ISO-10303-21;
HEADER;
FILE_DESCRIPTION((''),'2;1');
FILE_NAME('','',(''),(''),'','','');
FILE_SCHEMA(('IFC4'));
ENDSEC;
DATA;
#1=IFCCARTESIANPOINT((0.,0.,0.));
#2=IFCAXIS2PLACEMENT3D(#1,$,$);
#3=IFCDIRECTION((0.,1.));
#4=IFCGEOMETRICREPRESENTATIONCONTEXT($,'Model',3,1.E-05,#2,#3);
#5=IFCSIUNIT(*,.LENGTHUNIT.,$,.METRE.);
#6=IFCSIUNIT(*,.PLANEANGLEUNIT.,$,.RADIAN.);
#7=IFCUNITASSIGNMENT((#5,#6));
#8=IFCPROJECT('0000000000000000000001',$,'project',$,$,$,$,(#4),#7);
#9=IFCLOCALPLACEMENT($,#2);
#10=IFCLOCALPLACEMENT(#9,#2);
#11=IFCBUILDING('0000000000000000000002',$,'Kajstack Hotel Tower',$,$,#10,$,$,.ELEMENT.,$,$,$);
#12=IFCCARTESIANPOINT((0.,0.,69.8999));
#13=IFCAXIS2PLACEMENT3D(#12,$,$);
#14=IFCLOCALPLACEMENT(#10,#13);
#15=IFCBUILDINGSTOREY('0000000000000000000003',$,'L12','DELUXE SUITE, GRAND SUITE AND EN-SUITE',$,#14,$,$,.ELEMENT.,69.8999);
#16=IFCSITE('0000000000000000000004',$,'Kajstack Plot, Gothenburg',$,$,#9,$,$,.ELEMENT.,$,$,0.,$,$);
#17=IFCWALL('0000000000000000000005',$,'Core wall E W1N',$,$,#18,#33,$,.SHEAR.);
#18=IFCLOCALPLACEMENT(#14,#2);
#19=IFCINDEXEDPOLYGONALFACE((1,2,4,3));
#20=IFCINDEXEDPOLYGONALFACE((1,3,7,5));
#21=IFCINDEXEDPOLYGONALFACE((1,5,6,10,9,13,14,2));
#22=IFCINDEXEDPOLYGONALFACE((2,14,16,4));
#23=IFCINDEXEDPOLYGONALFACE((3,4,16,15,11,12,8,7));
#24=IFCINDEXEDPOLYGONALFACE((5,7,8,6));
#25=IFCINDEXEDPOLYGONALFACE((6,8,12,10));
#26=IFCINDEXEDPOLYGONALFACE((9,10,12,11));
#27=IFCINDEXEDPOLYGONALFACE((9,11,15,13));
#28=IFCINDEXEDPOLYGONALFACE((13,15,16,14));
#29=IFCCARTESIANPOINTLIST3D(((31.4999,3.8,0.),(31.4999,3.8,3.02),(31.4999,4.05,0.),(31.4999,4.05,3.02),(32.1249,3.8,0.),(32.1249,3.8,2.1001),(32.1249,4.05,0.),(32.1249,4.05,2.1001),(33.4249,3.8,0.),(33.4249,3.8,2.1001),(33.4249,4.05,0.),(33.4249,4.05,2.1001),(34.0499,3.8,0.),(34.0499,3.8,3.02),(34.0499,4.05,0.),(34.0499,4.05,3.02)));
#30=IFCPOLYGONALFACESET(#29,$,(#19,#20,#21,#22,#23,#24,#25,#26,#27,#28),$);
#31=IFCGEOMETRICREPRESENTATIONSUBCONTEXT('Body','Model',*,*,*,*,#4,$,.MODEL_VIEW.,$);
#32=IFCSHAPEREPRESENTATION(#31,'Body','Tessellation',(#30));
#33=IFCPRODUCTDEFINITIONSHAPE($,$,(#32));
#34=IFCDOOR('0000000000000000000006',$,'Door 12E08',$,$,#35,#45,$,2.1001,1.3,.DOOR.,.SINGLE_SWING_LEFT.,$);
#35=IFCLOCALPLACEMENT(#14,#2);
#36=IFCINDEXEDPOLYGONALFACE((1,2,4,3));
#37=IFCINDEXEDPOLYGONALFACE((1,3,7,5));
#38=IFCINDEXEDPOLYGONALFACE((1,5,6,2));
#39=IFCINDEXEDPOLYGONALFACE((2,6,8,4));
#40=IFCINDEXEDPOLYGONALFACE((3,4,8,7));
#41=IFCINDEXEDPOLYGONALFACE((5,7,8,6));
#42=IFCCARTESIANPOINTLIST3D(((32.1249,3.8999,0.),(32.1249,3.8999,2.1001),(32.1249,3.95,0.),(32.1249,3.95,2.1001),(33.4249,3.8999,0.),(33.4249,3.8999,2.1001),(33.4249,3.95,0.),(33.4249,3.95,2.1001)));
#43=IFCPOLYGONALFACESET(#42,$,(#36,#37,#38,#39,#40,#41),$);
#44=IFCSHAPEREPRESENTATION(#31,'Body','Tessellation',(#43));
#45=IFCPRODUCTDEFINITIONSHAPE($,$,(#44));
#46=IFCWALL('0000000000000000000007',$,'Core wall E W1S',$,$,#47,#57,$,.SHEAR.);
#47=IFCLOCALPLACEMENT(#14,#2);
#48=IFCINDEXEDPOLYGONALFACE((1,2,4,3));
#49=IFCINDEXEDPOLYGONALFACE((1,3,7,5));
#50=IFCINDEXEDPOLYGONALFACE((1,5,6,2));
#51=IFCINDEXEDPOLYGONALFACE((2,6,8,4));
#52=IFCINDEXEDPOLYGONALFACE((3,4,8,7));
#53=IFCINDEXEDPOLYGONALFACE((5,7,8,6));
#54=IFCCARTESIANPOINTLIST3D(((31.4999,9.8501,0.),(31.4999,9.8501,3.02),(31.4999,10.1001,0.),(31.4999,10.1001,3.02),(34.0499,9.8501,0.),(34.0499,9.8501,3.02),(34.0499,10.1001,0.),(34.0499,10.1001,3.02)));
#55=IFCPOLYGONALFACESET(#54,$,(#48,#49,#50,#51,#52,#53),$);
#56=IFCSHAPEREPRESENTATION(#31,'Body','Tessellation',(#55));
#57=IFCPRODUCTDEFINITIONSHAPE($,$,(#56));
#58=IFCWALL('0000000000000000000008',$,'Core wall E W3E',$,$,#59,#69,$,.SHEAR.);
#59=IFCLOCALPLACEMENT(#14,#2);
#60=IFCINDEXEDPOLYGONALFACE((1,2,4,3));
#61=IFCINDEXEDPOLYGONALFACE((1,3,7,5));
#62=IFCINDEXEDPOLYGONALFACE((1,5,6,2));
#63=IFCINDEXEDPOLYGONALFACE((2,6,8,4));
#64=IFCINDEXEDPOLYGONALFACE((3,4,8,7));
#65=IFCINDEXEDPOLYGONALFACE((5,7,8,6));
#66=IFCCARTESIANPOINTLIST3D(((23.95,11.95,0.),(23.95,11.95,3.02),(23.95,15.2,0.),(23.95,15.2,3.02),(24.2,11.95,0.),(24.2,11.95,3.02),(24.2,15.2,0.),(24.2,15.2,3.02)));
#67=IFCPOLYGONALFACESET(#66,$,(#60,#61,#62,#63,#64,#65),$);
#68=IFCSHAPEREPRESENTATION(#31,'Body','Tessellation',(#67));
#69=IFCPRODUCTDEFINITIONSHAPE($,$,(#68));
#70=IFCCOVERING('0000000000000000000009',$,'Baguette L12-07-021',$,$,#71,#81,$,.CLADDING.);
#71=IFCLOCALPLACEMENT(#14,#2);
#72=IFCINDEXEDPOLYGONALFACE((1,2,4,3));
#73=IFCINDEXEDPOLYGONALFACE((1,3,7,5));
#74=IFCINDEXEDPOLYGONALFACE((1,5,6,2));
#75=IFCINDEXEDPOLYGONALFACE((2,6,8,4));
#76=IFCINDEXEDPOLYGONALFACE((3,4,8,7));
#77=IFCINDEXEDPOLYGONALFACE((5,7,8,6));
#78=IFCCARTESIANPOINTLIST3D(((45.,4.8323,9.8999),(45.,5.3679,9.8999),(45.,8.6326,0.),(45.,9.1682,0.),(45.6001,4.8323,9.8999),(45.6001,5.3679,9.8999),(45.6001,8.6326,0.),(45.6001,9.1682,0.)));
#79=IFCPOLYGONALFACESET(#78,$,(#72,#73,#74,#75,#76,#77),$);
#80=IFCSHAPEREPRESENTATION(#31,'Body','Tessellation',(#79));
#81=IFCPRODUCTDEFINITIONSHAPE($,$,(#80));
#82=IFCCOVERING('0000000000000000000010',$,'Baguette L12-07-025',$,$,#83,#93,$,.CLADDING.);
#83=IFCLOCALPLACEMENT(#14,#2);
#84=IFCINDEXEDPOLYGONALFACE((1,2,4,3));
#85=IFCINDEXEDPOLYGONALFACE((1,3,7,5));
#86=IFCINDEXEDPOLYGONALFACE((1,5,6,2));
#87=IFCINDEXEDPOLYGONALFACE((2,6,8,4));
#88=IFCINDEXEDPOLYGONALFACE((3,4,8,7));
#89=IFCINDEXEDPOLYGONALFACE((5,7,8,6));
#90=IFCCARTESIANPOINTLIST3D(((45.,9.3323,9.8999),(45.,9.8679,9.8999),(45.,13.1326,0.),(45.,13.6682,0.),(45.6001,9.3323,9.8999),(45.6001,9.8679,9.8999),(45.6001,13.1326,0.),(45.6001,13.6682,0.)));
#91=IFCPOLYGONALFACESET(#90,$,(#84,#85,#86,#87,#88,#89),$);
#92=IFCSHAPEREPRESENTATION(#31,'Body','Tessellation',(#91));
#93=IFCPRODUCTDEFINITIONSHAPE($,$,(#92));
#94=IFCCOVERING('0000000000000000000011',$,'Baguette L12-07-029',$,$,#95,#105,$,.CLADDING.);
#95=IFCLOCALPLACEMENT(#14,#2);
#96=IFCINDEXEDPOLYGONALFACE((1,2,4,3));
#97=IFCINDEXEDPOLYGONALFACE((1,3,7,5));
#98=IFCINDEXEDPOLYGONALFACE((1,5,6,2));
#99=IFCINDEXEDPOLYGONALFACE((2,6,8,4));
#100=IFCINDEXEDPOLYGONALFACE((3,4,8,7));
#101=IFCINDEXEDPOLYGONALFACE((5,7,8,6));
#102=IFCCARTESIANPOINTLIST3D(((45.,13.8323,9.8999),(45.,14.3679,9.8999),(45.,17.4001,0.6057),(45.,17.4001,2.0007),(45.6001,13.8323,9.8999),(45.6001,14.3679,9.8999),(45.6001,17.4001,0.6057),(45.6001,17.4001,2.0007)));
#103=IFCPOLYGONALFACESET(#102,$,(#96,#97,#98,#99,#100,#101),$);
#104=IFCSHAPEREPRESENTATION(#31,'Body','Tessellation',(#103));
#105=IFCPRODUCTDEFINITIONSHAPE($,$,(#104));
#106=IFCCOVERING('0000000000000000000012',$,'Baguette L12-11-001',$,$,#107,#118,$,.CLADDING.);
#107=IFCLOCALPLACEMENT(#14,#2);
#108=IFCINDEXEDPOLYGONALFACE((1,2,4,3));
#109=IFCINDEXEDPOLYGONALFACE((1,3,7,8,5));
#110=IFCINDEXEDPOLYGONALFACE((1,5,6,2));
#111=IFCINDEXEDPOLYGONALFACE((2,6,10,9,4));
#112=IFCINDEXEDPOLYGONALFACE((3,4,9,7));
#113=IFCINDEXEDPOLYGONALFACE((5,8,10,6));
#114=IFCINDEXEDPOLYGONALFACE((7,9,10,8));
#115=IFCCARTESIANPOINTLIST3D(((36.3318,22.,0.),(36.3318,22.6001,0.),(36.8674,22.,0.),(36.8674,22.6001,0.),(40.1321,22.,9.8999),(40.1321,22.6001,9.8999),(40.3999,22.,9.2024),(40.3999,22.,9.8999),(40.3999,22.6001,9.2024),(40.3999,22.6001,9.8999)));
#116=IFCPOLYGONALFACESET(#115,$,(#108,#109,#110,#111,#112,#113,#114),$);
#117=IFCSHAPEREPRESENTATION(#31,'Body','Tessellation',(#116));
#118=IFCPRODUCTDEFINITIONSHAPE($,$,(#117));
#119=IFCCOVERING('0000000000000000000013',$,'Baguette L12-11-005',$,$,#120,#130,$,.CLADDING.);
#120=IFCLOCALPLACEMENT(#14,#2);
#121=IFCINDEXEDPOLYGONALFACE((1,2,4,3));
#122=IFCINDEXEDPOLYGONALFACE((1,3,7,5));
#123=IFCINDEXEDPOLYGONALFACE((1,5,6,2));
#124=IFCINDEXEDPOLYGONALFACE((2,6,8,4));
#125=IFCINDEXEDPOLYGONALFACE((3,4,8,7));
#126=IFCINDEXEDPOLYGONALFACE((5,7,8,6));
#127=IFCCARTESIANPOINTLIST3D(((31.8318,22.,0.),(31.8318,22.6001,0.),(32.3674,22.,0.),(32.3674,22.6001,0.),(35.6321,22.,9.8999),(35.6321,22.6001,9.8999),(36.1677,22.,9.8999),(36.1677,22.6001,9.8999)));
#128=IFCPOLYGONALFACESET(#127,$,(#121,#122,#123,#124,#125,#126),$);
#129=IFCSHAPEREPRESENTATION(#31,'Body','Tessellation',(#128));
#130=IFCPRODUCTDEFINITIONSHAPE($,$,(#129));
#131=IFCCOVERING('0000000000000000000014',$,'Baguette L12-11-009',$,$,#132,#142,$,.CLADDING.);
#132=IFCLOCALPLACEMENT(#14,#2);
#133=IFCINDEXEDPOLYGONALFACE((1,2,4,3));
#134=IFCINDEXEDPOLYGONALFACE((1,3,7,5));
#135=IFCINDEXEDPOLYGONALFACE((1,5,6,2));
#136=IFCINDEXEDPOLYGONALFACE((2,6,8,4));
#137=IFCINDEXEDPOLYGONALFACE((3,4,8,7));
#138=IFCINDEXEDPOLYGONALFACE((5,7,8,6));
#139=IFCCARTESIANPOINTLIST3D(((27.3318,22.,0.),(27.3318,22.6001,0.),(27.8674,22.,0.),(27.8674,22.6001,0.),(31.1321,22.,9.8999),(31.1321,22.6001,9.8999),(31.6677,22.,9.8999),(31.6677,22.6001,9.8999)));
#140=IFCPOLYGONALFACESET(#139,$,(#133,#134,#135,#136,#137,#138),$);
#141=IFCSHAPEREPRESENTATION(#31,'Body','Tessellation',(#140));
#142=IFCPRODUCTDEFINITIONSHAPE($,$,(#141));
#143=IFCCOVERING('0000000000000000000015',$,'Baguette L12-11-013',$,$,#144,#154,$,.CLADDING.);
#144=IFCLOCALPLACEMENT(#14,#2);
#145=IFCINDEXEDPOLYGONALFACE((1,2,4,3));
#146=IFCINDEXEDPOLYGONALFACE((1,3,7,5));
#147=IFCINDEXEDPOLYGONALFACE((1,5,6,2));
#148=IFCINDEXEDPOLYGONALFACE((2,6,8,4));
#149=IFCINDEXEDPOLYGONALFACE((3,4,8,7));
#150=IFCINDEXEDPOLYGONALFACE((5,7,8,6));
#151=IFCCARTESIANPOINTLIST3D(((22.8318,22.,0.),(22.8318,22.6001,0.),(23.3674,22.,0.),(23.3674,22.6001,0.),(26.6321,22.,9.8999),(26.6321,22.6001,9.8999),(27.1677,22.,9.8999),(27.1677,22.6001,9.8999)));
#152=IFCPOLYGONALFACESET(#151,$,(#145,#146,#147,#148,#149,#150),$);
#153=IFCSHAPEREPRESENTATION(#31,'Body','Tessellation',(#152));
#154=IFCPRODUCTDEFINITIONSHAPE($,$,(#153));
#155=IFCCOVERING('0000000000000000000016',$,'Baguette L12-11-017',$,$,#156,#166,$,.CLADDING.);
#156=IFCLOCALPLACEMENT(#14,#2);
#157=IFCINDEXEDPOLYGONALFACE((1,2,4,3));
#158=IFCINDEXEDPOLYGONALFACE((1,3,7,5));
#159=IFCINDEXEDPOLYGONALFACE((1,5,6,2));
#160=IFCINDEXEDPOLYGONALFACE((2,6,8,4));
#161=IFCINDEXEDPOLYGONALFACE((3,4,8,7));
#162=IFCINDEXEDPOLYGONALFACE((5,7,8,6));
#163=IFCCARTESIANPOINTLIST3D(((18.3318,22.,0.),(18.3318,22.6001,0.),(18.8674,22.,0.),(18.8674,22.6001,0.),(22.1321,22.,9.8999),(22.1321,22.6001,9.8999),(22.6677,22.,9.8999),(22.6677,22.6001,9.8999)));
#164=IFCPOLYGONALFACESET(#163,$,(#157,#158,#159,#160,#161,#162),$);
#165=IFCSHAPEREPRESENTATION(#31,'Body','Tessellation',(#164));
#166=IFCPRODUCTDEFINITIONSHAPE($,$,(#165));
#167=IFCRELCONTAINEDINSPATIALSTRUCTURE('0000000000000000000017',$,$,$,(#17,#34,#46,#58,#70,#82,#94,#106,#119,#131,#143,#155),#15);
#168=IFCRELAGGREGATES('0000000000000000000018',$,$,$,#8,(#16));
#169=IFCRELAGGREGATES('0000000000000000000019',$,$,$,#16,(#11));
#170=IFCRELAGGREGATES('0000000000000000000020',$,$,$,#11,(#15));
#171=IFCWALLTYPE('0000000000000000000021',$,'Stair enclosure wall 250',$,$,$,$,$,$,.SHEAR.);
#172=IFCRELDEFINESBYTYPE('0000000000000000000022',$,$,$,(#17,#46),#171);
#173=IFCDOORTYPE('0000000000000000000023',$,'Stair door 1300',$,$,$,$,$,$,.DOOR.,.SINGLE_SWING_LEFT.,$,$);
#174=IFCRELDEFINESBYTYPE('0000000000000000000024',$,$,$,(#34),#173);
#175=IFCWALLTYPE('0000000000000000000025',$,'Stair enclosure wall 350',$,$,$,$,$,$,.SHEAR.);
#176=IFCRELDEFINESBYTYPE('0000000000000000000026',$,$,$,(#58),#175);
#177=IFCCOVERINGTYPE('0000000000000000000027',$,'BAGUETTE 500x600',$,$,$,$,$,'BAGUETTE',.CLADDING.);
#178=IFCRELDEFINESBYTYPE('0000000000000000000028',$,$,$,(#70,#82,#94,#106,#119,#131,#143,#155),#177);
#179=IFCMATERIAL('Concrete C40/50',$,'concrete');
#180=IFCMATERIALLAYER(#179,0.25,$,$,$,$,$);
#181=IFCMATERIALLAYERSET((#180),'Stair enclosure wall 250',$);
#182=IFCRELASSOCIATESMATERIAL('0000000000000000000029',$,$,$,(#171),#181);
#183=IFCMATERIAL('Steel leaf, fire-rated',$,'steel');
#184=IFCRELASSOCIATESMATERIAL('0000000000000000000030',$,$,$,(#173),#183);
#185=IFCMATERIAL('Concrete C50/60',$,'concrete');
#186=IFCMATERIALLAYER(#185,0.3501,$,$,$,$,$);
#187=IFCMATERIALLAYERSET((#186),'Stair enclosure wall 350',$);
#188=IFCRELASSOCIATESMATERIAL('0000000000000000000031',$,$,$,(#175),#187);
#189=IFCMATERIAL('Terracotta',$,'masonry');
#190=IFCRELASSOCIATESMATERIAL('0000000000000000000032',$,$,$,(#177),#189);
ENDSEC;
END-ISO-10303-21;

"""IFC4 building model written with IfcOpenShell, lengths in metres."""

from ifc_helpers import new_model, si_unit, direction, frame, frame_2d, origin, origin_2d, place, context, subcontext, project, spatial, polyline, rectangle, outline, extrude, material, layer, layer_set, material_profile, profile_set, type_object, element, fill, save


model = new_model("IFC4")

# Units and contexts
model_context = context("Model", 3, precision=1e-05, world=origin(), true_north=direction((0.0, 1.0)))
body_context = subcontext(model_context, "Body", "Model", "MODEL_VIEW")
ifc_project = project(units=[si_unit("LENGTHUNIT", "METRE"), si_unit("PLANEANGLEUNIT", "RADIAN")], contexts=[model_context])

# Site, building, storey
site_placement = place(None, origin())
site = spatial("IfcSite", under=ifc_project, at=site_placement, Name="Kajstack Plot, Gothenburg", CompositionType="ELEMENT", RefElevation=0.0)
building_placement = place(site_placement, origin())
building = spatial("IfcBuilding", under=site, at=building_placement, Name="Kajstack Hotel Tower", CompositionType="ELEMENT")
storey_placement = place(building_placement, frame((0.0, 0.0, 69.8999)))
storey = spatial("IfcBuildingStorey", under=building, at=storey_placement, Name="L12", Description="DELUXE SUITE, GRAND SUITE AND EN-SUITE", CompositionType="ELEMENT", Elevation=69.8999)

# Shared definitions
ifc_material_1 = material(Name="Concrete C40/50", Category="concrete")
ifc_material_2 = material(Name="Concrete C50/60", Category="concrete")

# Wall, opening, door
ifc_layer_1 = layer(ifc_material_1, 0.25)
ifc_layer_set_1 = layer_set([ifc_layer_1], Name="Stair enclosure wall 250")
wall_type_1 = type_object("IfcWallType", Name="Stair enclosure wall 250", PredefinedType="SHEAR", material=ifc_layer_set_1)
wall_1_placement = place(storey_placement, frame((31.5, 3.925, 0.0), z_axis=(0.0, 0.0, 1.0), x_axis=(1.0, 0.0, 0.0)))
wall_1 = element("IfcWall", 1, at=wall_1_placement, inside=storey, type_object=wall_type_1, Name="Core wall E W1N", PredefinedType="SHEAR", context=body_context, shape_type="SweptSolid", body=[
    extrude(rectangle(XDim=2.55, YDim=0.25, at=frame_2d((1.2749, 0.0))), origin(), (0.0, 0.0, 1.0), 3.02),
])
opening_1_placement = place(wall_1_placement, frame((0.625, 0.0, 0.0)))
opening_1 = element("IfcOpeningElement", 2, at=opening_1_placement, cuts=wall_1, PredefinedType="OPENING", context=body_context, shape_type="SweptSolid", body=[
    extrude(rectangle(XDim=1.3, YDim=2.1001, at=frame_2d((0.6499, 1.05))), frame((0.0, 0.135, 0.0), z_axis=(0.0, -1.0, 0.0), x_axis=(1.0, 0.0, 0.0)), (0.0, 0.0, 1.0), 0.27),
])
ifc_material_3 = material(Name="Steel leaf, fire-rated", Category="steel")
door_type_1 = type_object("IfcDoorType", Name="Stair door 1300", OperationType="SINGLE_SWING_LEFT", PredefinedType="DOOR", material=ifc_material_3)
door_1_placement = place(opening_1_placement, origin())
door_1 = element("IfcDoor", 3, at=door_1_placement, inside=storey, type_object=door_type_1, Name="Door 12E08", OperationType="SINGLE_SWING_LEFT", OverallHeight=2.1001, OverallWidth=1.3, PredefinedType="DOOR", context=body_context, shape_type="SweptSolid", body=[
    extrude(rectangle(XDim=1.3, YDim=2.1001, at=frame_2d((0.6499, 1.05))), frame((0.0, 0.0249, 0.0), z_axis=(0.0, -1.0, 0.0), x_axis=(1.0, 0.0, 0.0)), (0.0, 0.0, 1.0), 0.05),
])
fill(opening_1, door_1)

# Walls
wall_2_placement = place(storey_placement, frame((31.5, 9.9751, 0.0), z_axis=(0.0, 0.0, 1.0), x_axis=(1.0, 0.0, 0.0)))
element("IfcWall", 4, at=wall_2_placement, inside=storey, type_object=wall_type_1, Name="Core wall E W1S", PredefinedType="SHEAR", context=body_context, shape_type="SweptSolid", body=[
    extrude(rectangle(XDim=2.55, YDim=0.25, at=frame_2d((1.2749, 0.0))), origin(), (0.0, 0.0, 1.0), 3.02),
])
ifc_layer_2 = layer(ifc_material_2, 0.3501)
ifc_layer_set_2 = layer_set([ifc_layer_2], Name="Stair enclosure wall 350")
wall_type_2 = type_object("IfcWallType", Name="Stair enclosure wall 350", PredefinedType="SHEAR", material=ifc_layer_set_2)
wall_3_placement = place(storey_placement, frame((24.075, 11.95, 0.0), z_axis=(0.0, 0.0, 1.0), x_axis=(0.0, 1.0, 0.0)))
element("IfcWall", 5, at=wall_3_placement, inside=storey, type_object=wall_type_2, Name="Core wall E W3E", PredefinedType="SHEAR", context=body_context, shape_type="SweptSolid", body=[
    extrude(rectangle(XDim=3.25, YDim=0.25, at=frame_2d((1.625, 0.0))), origin(), (0.0, 0.0, 1.0), 3.02),
])

# Coverings
ifc_material_4 = material(Name="Terracotta", Category="masonry")
ifc_material_profile = material_profile(ifc_material_4, rectangle(XDim=0.6001, YDim=0.5, at=origin_2d()), Name="Terracotta-clad concrete baguette 500 x 600")
ifc_profile_set = profile_set([ifc_material_profile], Name="Terracotta")
covering_type = type_object("IfcCoveringType", Name="BAGUETTE 500x600", ElementType="BAGUETTE", PredefinedType="CLADDING", material=ifc_profile_set)
for number, where, z_axis, x_axis, name in (
    (6, (45.0, 4.8323, 0.0), (1.0, 0.0, 0.0), (0.0, 1.0, 0.0), "Baguette L12-07-021"),
    (7, (45.0, 9.3323, 0.0), (1.0, 0.0, 0.0), (0.0, 1.0, 0.0), "Baguette L12-07-025"),
):
    element("IfcCovering", number, at=place(storey_placement, frame(where, z_axis=z_axis, x_axis=x_axis)), inside=storey, type_object=covering_type, Name=name, PredefinedType="CLADDING", context=body_context, shape_type="SweptSolid", body=[
        extrude(outline(polyline([(0.0, 9.8999), (3.8003, 0.0), (4.3359, 0.0), (0.5356, 9.8999), (0.0, 9.8999)])), origin(), (0.0, 0.0, 1.0), 0.6001),
    ])
covering_1_placement = place(storey_placement, frame((45.0, 13.8323, 0.0), z_axis=(1.0, 0.0, 0.0), x_axis=(0.0, 1.0, 0.0)))
element("IfcCovering", 8, at=covering_1_placement, inside=storey, type_object=covering_type, Name="Baguette L12-07-029", PredefinedType="CLADDING", context=body_context, shape_type="SweptSolid", body=[
    extrude(outline(polyline([(0.0, 9.8999), (3.5679, 0.6057), (3.5679, 2.0007), (0.5356, 9.8999), (0.0, 9.8999)])), origin(), (0.0, 0.0, 1.0), 0.6001),
])
covering_2_placement = place(storey_placement, frame((40.3999, 22.0, 0.0), z_axis=(0.0, 1.0, 0.0), x_axis=(-1.0, 0.0, 0.0)))
element("IfcCovering", 9, at=covering_2_placement, inside=storey, type_object=covering_type, Name="Baguette L12-11-001", PredefinedType="CLADDING", context=body_context, shape_type="SweptSolid", body=[
    extrude(outline(polyline([(0.2678, 9.8999), (0.0, 9.8999), (0.0, 9.2024), (3.5325, 0.0), (4.0681, 0.0), (0.2678, 9.8999)])), origin(), (0.0, 0.0, 1.0), 0.6001),
])
for number, where, z_axis, x_axis, name in (
    (10, (36.1677, 22.0, 0.0), (0.0, 1.0, 0.0), (-1.0, 0.0, 0.0), "Baguette L12-11-005"),
    (11, (31.6677, 22.0, 0.0), (0.0, 1.0, 0.0), (-1.0, 0.0, 0.0), "Baguette L12-11-009"),
    (12, (27.1677, 22.0, 0.0), (0.0, 1.0, 0.0), (-1.0, 0.0, 0.0), "Baguette L12-11-013"),
    (13, (22.6677, 22.0, 0.0), (0.0, 1.0, 0.0), (-1.0, 0.0, 0.0), "Baguette L12-11-017"),
):
    element("IfcCovering", number, at=place(storey_placement, frame(where, z_axis=z_axis, x_axis=x_axis)), inside=storey, type_object=covering_type, Name=name, PredefinedType="CLADDING", context=body_context, shape_type="SweptSolid", body=[
        extrude(outline(polyline([(0.0, 9.8999), (3.8003, 0.0), (4.3359, 0.0), (0.5356, 9.8999), (0.0, 9.8999)])), origin(), (0.0, 0.0, 1.0), 0.6001),
    ])

save(model, "model.ifc")
